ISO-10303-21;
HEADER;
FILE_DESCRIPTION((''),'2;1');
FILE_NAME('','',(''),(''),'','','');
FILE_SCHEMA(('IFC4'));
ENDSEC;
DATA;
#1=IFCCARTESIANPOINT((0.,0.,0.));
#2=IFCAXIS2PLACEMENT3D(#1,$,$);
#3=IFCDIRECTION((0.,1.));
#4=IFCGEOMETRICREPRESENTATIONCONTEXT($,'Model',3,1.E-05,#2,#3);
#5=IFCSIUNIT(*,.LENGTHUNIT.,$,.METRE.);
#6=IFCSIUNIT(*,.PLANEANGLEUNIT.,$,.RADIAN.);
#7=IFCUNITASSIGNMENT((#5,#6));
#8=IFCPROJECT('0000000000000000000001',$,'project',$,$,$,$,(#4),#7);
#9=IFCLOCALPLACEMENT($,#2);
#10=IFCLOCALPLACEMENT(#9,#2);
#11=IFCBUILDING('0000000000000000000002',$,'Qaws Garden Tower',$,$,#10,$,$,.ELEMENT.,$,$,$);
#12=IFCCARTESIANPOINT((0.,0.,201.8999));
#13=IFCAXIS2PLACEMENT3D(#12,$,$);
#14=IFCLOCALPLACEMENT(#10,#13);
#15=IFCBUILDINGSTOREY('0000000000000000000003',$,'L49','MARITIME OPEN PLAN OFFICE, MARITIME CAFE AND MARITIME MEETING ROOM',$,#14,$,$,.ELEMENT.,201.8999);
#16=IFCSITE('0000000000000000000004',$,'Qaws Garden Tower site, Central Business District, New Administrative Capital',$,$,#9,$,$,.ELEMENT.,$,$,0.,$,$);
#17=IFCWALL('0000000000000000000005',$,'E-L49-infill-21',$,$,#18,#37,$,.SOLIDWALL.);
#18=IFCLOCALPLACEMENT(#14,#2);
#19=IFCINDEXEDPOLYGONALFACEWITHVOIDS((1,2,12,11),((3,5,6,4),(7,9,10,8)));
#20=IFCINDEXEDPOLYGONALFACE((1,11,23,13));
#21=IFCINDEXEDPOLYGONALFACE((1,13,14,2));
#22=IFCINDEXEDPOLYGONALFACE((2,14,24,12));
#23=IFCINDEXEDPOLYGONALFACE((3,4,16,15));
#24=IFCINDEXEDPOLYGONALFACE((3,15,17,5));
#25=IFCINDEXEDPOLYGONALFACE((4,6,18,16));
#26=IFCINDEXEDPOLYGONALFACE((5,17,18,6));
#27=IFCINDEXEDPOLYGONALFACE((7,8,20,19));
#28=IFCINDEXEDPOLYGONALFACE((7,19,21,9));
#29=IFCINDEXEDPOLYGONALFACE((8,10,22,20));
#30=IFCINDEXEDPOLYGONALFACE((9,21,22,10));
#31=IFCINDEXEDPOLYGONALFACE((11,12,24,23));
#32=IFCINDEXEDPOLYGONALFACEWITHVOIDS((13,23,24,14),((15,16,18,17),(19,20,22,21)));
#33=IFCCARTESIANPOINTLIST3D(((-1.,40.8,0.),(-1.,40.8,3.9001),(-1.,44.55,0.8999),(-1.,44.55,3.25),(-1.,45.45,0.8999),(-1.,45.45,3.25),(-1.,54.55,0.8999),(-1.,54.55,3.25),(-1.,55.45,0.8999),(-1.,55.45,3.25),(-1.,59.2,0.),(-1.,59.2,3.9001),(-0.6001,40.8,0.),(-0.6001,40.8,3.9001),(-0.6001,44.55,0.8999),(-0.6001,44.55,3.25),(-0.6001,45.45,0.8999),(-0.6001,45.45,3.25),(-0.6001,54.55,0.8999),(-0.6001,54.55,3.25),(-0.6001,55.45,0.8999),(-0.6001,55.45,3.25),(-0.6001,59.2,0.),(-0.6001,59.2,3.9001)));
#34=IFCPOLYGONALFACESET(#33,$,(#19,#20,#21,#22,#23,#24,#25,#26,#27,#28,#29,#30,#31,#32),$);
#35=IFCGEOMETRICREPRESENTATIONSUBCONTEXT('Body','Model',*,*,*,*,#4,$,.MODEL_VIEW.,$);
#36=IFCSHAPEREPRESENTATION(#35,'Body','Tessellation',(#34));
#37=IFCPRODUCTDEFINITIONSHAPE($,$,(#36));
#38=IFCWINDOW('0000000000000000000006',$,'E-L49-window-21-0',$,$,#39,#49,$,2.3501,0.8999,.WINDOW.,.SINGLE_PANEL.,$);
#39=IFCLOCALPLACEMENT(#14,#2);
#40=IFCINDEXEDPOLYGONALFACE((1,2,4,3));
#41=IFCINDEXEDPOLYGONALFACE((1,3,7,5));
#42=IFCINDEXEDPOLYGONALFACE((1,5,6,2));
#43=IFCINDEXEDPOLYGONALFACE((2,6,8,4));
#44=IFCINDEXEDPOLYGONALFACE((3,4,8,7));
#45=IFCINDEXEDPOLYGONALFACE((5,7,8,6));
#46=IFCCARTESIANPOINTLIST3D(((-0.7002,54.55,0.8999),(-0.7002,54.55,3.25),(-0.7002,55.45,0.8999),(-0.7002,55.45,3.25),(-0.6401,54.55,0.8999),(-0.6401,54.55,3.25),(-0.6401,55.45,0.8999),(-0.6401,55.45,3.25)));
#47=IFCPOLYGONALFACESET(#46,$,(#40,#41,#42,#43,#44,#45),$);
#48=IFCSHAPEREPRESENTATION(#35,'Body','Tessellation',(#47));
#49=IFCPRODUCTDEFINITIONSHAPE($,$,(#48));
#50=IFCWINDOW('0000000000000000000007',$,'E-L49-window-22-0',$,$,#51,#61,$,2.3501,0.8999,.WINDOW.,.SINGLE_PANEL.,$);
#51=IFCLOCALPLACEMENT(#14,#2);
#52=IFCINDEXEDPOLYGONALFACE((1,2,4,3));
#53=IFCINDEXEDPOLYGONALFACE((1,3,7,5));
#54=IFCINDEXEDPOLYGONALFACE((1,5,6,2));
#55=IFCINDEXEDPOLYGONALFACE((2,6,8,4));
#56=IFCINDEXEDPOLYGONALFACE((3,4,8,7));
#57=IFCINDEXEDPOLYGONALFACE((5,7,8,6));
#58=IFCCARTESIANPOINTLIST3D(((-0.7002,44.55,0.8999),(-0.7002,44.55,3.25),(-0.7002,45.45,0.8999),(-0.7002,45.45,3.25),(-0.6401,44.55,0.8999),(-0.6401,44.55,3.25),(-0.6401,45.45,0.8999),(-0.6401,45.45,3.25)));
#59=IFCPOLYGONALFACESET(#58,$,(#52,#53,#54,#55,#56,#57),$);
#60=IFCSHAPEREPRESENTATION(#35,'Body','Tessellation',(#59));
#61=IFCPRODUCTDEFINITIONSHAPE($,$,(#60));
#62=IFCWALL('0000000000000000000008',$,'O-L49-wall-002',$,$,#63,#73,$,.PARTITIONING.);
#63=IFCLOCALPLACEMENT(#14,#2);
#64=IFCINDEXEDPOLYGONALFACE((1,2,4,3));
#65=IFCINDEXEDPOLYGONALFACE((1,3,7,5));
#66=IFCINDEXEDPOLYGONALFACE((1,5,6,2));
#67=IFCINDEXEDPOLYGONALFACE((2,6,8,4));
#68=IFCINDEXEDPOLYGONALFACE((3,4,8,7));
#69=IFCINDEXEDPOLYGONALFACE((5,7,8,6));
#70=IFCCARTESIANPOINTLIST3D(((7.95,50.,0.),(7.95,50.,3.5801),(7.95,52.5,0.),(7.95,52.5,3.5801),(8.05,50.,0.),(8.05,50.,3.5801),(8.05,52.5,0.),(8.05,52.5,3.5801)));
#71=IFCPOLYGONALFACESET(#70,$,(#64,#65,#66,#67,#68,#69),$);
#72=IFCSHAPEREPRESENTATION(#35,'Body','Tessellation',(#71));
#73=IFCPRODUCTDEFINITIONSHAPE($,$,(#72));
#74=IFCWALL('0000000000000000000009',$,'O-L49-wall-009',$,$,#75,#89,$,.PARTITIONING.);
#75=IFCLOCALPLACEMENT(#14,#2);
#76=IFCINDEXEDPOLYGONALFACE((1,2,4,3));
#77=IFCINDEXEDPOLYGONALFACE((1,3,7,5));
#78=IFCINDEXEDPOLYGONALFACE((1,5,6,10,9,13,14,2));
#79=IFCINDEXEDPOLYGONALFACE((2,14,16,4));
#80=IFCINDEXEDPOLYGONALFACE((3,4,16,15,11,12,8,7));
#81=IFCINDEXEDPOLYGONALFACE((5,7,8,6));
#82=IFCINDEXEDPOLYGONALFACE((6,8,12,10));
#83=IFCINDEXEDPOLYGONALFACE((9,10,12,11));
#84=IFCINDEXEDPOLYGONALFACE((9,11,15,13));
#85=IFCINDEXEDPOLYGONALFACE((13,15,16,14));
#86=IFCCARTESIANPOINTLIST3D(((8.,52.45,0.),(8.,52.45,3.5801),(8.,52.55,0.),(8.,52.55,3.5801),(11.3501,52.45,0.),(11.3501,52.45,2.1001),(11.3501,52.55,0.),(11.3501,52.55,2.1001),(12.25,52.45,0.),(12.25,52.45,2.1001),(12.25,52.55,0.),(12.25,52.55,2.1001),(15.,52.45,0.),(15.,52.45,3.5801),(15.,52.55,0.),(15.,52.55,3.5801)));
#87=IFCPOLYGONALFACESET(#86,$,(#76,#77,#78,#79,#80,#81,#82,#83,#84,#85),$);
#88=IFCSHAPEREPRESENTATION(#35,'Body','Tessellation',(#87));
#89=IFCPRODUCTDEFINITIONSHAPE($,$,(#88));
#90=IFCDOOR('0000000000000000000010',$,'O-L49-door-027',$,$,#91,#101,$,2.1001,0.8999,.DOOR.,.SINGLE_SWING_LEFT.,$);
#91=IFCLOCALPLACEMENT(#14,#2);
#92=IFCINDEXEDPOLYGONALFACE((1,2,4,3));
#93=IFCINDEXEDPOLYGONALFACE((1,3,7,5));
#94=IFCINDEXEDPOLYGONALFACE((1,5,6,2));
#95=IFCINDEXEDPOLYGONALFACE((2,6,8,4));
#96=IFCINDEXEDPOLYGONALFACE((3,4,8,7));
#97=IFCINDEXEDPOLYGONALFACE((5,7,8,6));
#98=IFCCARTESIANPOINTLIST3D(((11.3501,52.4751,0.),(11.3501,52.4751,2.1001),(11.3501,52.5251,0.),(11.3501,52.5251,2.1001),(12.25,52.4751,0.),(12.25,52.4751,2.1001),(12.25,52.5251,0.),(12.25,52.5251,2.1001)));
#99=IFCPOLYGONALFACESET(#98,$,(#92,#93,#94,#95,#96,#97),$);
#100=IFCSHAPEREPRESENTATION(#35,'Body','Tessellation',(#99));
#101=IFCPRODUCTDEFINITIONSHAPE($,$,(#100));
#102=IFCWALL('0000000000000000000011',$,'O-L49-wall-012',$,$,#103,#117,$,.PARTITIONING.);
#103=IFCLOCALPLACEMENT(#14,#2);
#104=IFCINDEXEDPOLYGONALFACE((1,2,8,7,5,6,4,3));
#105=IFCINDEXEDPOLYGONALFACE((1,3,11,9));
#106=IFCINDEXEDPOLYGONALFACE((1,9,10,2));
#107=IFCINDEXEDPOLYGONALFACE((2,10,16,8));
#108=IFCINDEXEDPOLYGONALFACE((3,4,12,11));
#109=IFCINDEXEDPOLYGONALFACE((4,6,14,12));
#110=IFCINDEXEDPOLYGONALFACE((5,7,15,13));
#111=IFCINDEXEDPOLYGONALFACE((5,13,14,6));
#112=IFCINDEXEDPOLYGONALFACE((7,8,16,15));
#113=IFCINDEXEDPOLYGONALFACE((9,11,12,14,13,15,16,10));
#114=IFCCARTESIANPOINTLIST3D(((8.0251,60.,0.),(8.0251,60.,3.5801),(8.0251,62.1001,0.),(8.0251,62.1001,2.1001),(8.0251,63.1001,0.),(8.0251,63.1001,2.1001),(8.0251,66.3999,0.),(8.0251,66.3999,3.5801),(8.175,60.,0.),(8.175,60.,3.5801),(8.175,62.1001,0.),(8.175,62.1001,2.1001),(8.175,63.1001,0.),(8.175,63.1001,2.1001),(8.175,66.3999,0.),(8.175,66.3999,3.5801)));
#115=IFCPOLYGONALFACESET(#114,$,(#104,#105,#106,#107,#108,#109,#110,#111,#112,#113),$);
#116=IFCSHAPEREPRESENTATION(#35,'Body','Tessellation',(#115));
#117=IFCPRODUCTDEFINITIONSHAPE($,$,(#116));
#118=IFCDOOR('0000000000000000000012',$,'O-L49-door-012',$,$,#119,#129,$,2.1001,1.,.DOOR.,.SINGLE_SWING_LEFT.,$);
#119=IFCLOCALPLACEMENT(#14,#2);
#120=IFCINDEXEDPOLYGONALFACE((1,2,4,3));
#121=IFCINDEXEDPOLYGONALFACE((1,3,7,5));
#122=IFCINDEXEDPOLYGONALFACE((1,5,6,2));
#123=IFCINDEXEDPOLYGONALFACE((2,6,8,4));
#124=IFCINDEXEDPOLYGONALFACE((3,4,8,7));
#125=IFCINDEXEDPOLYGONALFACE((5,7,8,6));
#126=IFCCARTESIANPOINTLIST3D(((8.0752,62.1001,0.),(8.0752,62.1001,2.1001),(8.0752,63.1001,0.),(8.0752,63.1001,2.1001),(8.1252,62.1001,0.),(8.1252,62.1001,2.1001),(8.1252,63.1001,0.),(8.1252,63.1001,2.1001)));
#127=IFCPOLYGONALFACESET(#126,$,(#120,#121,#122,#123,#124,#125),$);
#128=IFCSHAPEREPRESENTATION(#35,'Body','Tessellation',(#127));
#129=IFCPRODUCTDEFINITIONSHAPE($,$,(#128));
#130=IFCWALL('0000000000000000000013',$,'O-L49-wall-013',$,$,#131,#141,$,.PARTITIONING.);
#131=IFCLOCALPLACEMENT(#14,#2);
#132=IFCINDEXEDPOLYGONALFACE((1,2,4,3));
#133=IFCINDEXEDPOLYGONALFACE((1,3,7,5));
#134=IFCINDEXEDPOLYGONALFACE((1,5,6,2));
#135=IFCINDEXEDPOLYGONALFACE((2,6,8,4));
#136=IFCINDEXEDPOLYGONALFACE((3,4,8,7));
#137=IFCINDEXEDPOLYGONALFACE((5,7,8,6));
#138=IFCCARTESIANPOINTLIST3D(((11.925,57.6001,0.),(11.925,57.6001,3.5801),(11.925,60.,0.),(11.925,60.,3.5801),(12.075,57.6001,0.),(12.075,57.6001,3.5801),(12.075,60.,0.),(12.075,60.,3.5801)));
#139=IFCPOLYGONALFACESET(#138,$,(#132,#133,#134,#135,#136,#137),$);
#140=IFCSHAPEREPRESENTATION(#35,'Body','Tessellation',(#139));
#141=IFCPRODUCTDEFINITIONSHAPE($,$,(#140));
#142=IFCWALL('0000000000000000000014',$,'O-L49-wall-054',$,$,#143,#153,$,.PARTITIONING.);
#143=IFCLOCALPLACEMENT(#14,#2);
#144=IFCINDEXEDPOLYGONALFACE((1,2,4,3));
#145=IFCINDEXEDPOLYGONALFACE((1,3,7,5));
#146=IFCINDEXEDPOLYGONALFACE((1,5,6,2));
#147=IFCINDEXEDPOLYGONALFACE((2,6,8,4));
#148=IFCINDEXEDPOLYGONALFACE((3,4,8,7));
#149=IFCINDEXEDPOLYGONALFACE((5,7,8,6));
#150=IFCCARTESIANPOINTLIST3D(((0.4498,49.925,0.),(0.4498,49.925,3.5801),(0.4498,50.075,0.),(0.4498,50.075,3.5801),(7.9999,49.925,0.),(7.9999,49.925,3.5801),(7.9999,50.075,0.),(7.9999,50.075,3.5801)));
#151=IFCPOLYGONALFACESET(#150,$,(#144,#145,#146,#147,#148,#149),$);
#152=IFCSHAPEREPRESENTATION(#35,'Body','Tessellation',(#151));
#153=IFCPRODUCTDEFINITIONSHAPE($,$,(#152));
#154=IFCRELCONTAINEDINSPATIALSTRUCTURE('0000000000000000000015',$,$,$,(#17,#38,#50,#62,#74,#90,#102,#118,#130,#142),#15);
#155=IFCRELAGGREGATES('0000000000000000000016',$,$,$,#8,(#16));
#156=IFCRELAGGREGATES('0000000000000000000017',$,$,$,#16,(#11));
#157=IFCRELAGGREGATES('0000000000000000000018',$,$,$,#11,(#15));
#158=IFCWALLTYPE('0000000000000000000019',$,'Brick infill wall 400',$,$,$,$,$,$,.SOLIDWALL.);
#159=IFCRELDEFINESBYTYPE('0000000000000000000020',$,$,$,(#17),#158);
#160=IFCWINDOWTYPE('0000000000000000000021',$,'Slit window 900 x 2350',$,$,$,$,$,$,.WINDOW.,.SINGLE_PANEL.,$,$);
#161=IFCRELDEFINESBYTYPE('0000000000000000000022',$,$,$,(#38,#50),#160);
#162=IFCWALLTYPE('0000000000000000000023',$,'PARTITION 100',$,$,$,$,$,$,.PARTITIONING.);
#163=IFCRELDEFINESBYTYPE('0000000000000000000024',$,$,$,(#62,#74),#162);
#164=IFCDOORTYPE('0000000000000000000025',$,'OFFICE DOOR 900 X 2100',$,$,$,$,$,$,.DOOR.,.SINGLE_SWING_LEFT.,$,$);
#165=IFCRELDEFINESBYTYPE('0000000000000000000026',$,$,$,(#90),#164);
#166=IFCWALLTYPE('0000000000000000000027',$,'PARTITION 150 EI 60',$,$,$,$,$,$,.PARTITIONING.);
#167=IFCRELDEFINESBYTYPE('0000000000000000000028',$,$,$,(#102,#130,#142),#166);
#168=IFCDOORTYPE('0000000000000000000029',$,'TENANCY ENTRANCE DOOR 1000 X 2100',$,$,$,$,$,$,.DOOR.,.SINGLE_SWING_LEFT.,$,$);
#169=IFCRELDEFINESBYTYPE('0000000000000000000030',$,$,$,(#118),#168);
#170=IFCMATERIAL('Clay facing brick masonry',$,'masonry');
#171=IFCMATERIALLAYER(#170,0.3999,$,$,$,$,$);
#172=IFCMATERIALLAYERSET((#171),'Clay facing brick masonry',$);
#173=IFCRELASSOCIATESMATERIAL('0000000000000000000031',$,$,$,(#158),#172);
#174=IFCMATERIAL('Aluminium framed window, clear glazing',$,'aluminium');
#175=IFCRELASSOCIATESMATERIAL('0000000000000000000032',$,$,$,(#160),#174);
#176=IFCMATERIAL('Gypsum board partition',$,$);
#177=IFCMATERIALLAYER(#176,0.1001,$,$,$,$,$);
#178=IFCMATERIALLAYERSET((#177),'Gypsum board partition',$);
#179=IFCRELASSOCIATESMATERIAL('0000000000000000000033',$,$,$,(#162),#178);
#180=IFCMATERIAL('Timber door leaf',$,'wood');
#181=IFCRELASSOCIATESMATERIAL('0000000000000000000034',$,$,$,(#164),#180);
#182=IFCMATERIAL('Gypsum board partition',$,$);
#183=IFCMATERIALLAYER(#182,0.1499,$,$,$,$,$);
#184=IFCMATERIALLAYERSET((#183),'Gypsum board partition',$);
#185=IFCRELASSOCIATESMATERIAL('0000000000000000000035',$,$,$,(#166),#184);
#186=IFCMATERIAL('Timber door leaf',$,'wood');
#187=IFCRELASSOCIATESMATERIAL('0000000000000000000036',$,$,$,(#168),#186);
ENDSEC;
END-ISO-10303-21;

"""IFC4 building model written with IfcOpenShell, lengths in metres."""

from ifc_helpers import new_model, si_unit, direction, frame, frame_2d, origin, place, context, subcontext, project, spatial, rectangle, extrude, material, layer, layer_set, type_object, element, fill, save


model = new_model("IFC4")

# Units and contexts
model_context = context("Model", 3, precision=1e-05, world=origin(), true_north=direction((0.0, 1.0)))
body_context = subcontext(model_context, "Body", "Model", "MODEL_VIEW")
ifc_project = project(units=[si_unit("LENGTHUNIT", "METRE"), si_unit("PLANEANGLEUNIT", "RADIAN")], contexts=[model_context])

# Site, building, storey
site_placement = place(None, origin())
site = spatial("IfcSite", under=ifc_project, at=site_placement, Name="Qaws Garden Tower site, Central Business District, New Administrative Capital", CompositionType="ELEMENT", RefElevation=0.0)
building_placement = place(site_placement, origin())
building = spatial("IfcBuilding", under=site, at=building_placement, Name="Qaws Garden Tower", CompositionType="ELEMENT")
storey_placement = place(building_placement, frame((0.0, 0.0, 201.8999)))
storey = spatial("IfcBuildingStorey", under=building, at=storey_placement, Name="L49", Description="MARITIME OPEN PLAN OFFICE, MARITIME CAFE AND MARITIME MEETING ROOM", CompositionType="ELEMENT", Elevation=201.8999)

# Shared definitions
ifc_material_1 = material(Name="Clay facing brick masonry", Category="masonry")
ifc_layer_1 = layer(ifc_material_1, 0.3999)
ifc_layer_set_1 = layer_set([ifc_layer_1], Name="Clay facing brick masonry")
wall_type_1 = type_object("IfcWallType", Name="Brick infill wall 400", PredefinedType="SOLIDWALL", material=ifc_layer_set_1)

# Wall, openings, windows
wall_1_placement = place(storey_placement, frame((-0.8, 59.2, 0.0), z_axis=(0.0, 0.0, 1.0), x_axis=(0.0, -1.0, 0.0)))
wall_1 = element("IfcWall", 1, at=wall_1_placement, inside=storey, type_object=wall_type_1, Name="E-L49-infill-21", PredefinedType="SOLIDWALL", context=body_context, shape_type="SweptSolid", body=[
    extrude(rectangle(XDim=18.3999, YDim=0.3999, at=frame_2d((9.2, 0.0))), origin(), (0.0, 0.0, 1.0), 3.9001),
])
opening_1_placement = place(wall_1_placement, frame((3.75, 0.0, 0.8999)))
opening_1 = element("IfcOpeningElement", 2, at=opening_1_placement, cuts=wall_1, PredefinedType="OPENING", context=body_context, shape_type="SweptSolid", body=[
    extrude(rectangle(XDim=0.8999, YDim=2.3501, at=frame_2d((0.45, 1.175))), frame((0.0, 0.21, 0.0), z_axis=(0.0, -1.0, 0.0), x_axis=(1.0, 0.0, 0.0)), (0.0, 0.0, 1.0), 0.4199),
])
opening_2_placement = place(wall_1_placement, frame((13.75, 0.0, 0.8999)))
opening_2 = element("IfcOpeningElement", 3, at=opening_2_placement, cuts=wall_1, PredefinedType="OPENING", context=body_context, shape_type="SweptSolid", body=[
    extrude(rectangle(XDim=0.8999, YDim=2.3501, at=frame_2d((0.45, 1.175))), frame((0.0, 0.21, 0.0), z_axis=(0.0, -1.0, 0.0), x_axis=(1.0, 0.0, 0.0)), (0.0, 0.0, 1.0), 0.4199),
])
ifc_material_2 = material(Name="Aluminium framed window, clear glazing", Category="aluminium")
window_type_1 = type_object("IfcWindowType", Name="Slit window 900 x 2350", PartitioningType="SINGLE_PANEL", PredefinedType="WINDOW", material=ifc_material_2)
window_1_placement = place(opening_1_placement, origin())
window_1 = element("IfcWindow", 4, at=window_1_placement, inside=storey, type_object=window_type_1, Name="E-L49-window-21-0", OverallHeight=2.3501, OverallWidth=0.8999, PartitioningType="SINGLE_PANEL", PredefinedType="WINDOW", context=body_context, shape_type="SweptSolid", body=[
    extrude(rectangle(XDim=0.8999, YDim=2.3501, at=frame_2d((0.45, 1.175))), frame((0.0, 0.1599, 0.0), z_axis=(0.0, -1.0, 0.0), x_axis=(1.0, 0.0, 0.0)), (0.0, 0.0, 1.0), 0.0601),
])
fill(opening_1, window_1)
window_2_placement = place(opening_2_placement, origin())
window_2 = element("IfcWindow", 5, at=window_2_placement, inside=storey, type_object=window_type_1, Name="E-L49-window-22-0", OverallHeight=2.3501, OverallWidth=0.8999, PartitioningType="SINGLE_PANEL", PredefinedType="WINDOW", context=body_context, shape_type="SweptSolid", body=[
    extrude(rectangle(XDim=0.8999, YDim=2.3501, at=frame_2d((0.45, 1.175))), frame((0.0, 0.1599, 0.0), z_axis=(0.0, -1.0, 0.0), x_axis=(1.0, 0.0, 0.0)), (0.0, 0.0, 1.0), 0.0601),
])
fill(opening_2, window_2)

# Wall
ifc_material_3 = material(Name="Gypsum board partition")
ifc_layer_2 = layer(ifc_material_3, 0.1001)
ifc_layer_set_2 = layer_set([ifc_layer_2], Name="Gypsum board partition")
wall_type_2 = type_object("IfcWallType", Name="PARTITION 100", PredefinedType="PARTITIONING", material=ifc_layer_set_2)
wall_2_placement = place(storey_placement, frame((8.0, 50.0, 0.0), z_axis=(0.0, 0.0, 1.0), x_axis=(0.0, 1.0, 0.0)))
element("IfcWall", 6, at=wall_2_placement, inside=storey, type_object=wall_type_2, Name="O-L49-wall-002", PredefinedType="PARTITIONING", context=body_context, shape_type="SweptSolid", body=[
    extrude(rectangle(XDim=2.5, YDim=0.1001, at=frame_2d((1.25, 0.0))), origin(), (0.0, 0.0, 1.0), 3.5801),
])

# Walls, openings, doors
wall_3_placement = place(storey_placement, frame((8.0, 52.5, 0.0), z_axis=(0.0, 0.0, 1.0), x_axis=(1.0, 0.0, 0.0)))
wall_3 = element("IfcWall", 7, at=wall_3_placement, inside=storey, type_object=wall_type_2, Name="O-L49-wall-009", PredefinedType="PARTITIONING", context=body_context, shape_type="SweptSolid", body=[
    extrude(rectangle(XDim=7.0, YDim=0.1001, at=frame_2d((3.5, 0.0))), origin(), (0.0, 0.0, 1.0), 3.5801),
])
opening_3_placement = place(wall_3_placement, frame((3.3501, 0.0, 0.0)))
opening_3 = element("IfcOpeningElement", 8, at=opening_3_placement, cuts=wall_3, PredefinedType="OPENING", context=body_context, shape_type="SweptSolid", body=[
    extrude(rectangle(XDim=0.8999, YDim=2.1001, at=frame_2d((0.45, 1.05))), frame((0.0, 0.0601, 0.0), z_axis=(0.0, -1.0, 0.0), x_axis=(1.0, 0.0, 0.0)), (0.0, 0.0, 1.0), 0.1201),
])
ifc_material_4 = material(Name="Timber door leaf", Category="wood")
door_type_1 = type_object("IfcDoorType", Name="OFFICE DOOR 900 X 2100", OperationType="SINGLE_SWING_LEFT", PredefinedType="DOOR", material=ifc_material_4)
door_1_placement = place(opening_3_placement, frame((0.8999, 0.0, 0.0), z_axis=(0.0, 0.0, 1.0), x_axis=(-1.0, 0.0, 0.0)))
door_1 = element("IfcDoor", 9, at=door_1_placement, inside=storey, type_object=door_type_1, Name="O-L49-door-027", OperationType="SINGLE_SWING_LEFT", OverallHeight=2.1001, OverallWidth=0.8999, PredefinedType="DOOR", context=body_context, shape_type="SweptSolid", body=[
    extrude(rectangle(XDim=0.8999, YDim=2.1001, at=frame_2d((0.45, 1.05))), frame((0.0, 0.0249, 0.0), z_axis=(0.0, -1.0, 0.0), x_axis=(1.0, 0.0, 0.0)), (0.0, 0.0, 1.0), 0.05),
])
fill(opening_3, door_1)
ifc_material_5 = material(Name="Gypsum board partition")
ifc_layer_3 = layer(ifc_material_5, 0.1499)
ifc_layer_set_3 = layer_set([ifc_layer_3], Name="Gypsum board partition")
wall_type_3 = type_object("IfcWallType", Name="PARTITION 150 EI 60", PredefinedType="PARTITIONING", material=ifc_layer_set_3)
wall_4_placement = place(storey_placement, frame((8.1001, 60.0, 0.0), z_axis=(0.0, 0.0, 1.0), x_axis=(0.0, 1.0, 0.0)))
wall_4 = element("IfcWall", 10, at=wall_4_placement, inside=storey, type_object=wall_type_3, Name="O-L49-wall-012", PredefinedType="PARTITIONING", context=body_context, shape_type="SweptSolid", body=[
    extrude(rectangle(XDim=6.3999, YDim=0.1499, at=frame_2d((3.2, 0.0))), origin(), (0.0, 0.0, 1.0), 3.5801),
])
opening_4_placement = place(wall_4_placement, frame((2.1001, 0.0, 0.0)))
opening_4 = element("IfcOpeningElement", 11, at=opening_4_placement, cuts=wall_4, PredefinedType="OPENING", context=body_context, shape_type="SweptSolid", body=[
    extrude(rectangle(XDim=1.0, YDim=2.1001, at=frame_2d((0.5, 1.05))), frame((0.0, 0.085, 0.0), z_axis=(0.0, -1.0, 0.0), x_axis=(1.0, 0.0, 0.0)), (0.0, 0.0, 1.0), 0.1699),
])
ifc_material_6 = material(Name="Timber door leaf", Category="wood")
door_type_2 = type_object("IfcDoorType", Name="TENANCY ENTRANCE DOOR 1000 X 2100", OperationType="SINGLE_SWING_LEFT", PredefinedType="DOOR", material=ifc_material_6)
door_2_placement = place(opening_4_placement, origin())
door_2 = element("IfcDoor", 12, at=door_2_placement, inside=storey, type_object=door_type_2, Name="O-L49-door-012", OperationType="SINGLE_SWING_LEFT", OverallHeight=2.1001, OverallWidth=1.0, PredefinedType="DOOR", context=body_context, shape_type="SweptSolid", body=[
    extrude(rectangle(XDim=1.0, YDim=2.1001, at=frame_2d((0.5, 1.05))), frame((0.0, 0.0249, 0.0), z_axis=(0.0, -1.0, 0.0), x_axis=(1.0, 0.0, 0.0)), (0.0, 0.0, 1.0), 0.05),
])
fill(opening_4, door_2)

# Walls
wall_5_placement = place(storey_placement, frame((12.0, 57.6001, 0.0), z_axis=(0.0, 0.0, 1.0), x_axis=(0.0, 1.0, 0.0)))
element("IfcWall", 13, at=wall_5_placement, inside=storey, type_object=wall_type_3, Name="O-L49-wall-013", PredefinedType="PARTITIONING", context=body_context, shape_type="SweptSolid", body=[
    extrude(rectangle(XDim=2.3999, YDim=0.1499, at=frame_2d((1.2, 0.0))), origin(), (0.0, 0.0, 1.0), 3.5801),
])
wall_6_placement = place(storey_placement, frame((0.45, 50.0, 0.0), z_axis=(0.0, 0.0, 1.0), x_axis=(1.0, 0.0, 0.0)))
element("IfcWall", 14, at=wall_6_placement, inside=storey, type_object=wall_type_3, Name="O-L49-wall-054", PredefinedType="PARTITIONING", context=body_context, shape_type="SweptSolid", body=[
    extrude(rectangle(XDim=7.55, YDim=0.1499, at=frame_2d((3.7749, 0.0))), origin(), (0.0, 0.0, 1.0), 3.5801),
])

save(model, "model.ifc")
